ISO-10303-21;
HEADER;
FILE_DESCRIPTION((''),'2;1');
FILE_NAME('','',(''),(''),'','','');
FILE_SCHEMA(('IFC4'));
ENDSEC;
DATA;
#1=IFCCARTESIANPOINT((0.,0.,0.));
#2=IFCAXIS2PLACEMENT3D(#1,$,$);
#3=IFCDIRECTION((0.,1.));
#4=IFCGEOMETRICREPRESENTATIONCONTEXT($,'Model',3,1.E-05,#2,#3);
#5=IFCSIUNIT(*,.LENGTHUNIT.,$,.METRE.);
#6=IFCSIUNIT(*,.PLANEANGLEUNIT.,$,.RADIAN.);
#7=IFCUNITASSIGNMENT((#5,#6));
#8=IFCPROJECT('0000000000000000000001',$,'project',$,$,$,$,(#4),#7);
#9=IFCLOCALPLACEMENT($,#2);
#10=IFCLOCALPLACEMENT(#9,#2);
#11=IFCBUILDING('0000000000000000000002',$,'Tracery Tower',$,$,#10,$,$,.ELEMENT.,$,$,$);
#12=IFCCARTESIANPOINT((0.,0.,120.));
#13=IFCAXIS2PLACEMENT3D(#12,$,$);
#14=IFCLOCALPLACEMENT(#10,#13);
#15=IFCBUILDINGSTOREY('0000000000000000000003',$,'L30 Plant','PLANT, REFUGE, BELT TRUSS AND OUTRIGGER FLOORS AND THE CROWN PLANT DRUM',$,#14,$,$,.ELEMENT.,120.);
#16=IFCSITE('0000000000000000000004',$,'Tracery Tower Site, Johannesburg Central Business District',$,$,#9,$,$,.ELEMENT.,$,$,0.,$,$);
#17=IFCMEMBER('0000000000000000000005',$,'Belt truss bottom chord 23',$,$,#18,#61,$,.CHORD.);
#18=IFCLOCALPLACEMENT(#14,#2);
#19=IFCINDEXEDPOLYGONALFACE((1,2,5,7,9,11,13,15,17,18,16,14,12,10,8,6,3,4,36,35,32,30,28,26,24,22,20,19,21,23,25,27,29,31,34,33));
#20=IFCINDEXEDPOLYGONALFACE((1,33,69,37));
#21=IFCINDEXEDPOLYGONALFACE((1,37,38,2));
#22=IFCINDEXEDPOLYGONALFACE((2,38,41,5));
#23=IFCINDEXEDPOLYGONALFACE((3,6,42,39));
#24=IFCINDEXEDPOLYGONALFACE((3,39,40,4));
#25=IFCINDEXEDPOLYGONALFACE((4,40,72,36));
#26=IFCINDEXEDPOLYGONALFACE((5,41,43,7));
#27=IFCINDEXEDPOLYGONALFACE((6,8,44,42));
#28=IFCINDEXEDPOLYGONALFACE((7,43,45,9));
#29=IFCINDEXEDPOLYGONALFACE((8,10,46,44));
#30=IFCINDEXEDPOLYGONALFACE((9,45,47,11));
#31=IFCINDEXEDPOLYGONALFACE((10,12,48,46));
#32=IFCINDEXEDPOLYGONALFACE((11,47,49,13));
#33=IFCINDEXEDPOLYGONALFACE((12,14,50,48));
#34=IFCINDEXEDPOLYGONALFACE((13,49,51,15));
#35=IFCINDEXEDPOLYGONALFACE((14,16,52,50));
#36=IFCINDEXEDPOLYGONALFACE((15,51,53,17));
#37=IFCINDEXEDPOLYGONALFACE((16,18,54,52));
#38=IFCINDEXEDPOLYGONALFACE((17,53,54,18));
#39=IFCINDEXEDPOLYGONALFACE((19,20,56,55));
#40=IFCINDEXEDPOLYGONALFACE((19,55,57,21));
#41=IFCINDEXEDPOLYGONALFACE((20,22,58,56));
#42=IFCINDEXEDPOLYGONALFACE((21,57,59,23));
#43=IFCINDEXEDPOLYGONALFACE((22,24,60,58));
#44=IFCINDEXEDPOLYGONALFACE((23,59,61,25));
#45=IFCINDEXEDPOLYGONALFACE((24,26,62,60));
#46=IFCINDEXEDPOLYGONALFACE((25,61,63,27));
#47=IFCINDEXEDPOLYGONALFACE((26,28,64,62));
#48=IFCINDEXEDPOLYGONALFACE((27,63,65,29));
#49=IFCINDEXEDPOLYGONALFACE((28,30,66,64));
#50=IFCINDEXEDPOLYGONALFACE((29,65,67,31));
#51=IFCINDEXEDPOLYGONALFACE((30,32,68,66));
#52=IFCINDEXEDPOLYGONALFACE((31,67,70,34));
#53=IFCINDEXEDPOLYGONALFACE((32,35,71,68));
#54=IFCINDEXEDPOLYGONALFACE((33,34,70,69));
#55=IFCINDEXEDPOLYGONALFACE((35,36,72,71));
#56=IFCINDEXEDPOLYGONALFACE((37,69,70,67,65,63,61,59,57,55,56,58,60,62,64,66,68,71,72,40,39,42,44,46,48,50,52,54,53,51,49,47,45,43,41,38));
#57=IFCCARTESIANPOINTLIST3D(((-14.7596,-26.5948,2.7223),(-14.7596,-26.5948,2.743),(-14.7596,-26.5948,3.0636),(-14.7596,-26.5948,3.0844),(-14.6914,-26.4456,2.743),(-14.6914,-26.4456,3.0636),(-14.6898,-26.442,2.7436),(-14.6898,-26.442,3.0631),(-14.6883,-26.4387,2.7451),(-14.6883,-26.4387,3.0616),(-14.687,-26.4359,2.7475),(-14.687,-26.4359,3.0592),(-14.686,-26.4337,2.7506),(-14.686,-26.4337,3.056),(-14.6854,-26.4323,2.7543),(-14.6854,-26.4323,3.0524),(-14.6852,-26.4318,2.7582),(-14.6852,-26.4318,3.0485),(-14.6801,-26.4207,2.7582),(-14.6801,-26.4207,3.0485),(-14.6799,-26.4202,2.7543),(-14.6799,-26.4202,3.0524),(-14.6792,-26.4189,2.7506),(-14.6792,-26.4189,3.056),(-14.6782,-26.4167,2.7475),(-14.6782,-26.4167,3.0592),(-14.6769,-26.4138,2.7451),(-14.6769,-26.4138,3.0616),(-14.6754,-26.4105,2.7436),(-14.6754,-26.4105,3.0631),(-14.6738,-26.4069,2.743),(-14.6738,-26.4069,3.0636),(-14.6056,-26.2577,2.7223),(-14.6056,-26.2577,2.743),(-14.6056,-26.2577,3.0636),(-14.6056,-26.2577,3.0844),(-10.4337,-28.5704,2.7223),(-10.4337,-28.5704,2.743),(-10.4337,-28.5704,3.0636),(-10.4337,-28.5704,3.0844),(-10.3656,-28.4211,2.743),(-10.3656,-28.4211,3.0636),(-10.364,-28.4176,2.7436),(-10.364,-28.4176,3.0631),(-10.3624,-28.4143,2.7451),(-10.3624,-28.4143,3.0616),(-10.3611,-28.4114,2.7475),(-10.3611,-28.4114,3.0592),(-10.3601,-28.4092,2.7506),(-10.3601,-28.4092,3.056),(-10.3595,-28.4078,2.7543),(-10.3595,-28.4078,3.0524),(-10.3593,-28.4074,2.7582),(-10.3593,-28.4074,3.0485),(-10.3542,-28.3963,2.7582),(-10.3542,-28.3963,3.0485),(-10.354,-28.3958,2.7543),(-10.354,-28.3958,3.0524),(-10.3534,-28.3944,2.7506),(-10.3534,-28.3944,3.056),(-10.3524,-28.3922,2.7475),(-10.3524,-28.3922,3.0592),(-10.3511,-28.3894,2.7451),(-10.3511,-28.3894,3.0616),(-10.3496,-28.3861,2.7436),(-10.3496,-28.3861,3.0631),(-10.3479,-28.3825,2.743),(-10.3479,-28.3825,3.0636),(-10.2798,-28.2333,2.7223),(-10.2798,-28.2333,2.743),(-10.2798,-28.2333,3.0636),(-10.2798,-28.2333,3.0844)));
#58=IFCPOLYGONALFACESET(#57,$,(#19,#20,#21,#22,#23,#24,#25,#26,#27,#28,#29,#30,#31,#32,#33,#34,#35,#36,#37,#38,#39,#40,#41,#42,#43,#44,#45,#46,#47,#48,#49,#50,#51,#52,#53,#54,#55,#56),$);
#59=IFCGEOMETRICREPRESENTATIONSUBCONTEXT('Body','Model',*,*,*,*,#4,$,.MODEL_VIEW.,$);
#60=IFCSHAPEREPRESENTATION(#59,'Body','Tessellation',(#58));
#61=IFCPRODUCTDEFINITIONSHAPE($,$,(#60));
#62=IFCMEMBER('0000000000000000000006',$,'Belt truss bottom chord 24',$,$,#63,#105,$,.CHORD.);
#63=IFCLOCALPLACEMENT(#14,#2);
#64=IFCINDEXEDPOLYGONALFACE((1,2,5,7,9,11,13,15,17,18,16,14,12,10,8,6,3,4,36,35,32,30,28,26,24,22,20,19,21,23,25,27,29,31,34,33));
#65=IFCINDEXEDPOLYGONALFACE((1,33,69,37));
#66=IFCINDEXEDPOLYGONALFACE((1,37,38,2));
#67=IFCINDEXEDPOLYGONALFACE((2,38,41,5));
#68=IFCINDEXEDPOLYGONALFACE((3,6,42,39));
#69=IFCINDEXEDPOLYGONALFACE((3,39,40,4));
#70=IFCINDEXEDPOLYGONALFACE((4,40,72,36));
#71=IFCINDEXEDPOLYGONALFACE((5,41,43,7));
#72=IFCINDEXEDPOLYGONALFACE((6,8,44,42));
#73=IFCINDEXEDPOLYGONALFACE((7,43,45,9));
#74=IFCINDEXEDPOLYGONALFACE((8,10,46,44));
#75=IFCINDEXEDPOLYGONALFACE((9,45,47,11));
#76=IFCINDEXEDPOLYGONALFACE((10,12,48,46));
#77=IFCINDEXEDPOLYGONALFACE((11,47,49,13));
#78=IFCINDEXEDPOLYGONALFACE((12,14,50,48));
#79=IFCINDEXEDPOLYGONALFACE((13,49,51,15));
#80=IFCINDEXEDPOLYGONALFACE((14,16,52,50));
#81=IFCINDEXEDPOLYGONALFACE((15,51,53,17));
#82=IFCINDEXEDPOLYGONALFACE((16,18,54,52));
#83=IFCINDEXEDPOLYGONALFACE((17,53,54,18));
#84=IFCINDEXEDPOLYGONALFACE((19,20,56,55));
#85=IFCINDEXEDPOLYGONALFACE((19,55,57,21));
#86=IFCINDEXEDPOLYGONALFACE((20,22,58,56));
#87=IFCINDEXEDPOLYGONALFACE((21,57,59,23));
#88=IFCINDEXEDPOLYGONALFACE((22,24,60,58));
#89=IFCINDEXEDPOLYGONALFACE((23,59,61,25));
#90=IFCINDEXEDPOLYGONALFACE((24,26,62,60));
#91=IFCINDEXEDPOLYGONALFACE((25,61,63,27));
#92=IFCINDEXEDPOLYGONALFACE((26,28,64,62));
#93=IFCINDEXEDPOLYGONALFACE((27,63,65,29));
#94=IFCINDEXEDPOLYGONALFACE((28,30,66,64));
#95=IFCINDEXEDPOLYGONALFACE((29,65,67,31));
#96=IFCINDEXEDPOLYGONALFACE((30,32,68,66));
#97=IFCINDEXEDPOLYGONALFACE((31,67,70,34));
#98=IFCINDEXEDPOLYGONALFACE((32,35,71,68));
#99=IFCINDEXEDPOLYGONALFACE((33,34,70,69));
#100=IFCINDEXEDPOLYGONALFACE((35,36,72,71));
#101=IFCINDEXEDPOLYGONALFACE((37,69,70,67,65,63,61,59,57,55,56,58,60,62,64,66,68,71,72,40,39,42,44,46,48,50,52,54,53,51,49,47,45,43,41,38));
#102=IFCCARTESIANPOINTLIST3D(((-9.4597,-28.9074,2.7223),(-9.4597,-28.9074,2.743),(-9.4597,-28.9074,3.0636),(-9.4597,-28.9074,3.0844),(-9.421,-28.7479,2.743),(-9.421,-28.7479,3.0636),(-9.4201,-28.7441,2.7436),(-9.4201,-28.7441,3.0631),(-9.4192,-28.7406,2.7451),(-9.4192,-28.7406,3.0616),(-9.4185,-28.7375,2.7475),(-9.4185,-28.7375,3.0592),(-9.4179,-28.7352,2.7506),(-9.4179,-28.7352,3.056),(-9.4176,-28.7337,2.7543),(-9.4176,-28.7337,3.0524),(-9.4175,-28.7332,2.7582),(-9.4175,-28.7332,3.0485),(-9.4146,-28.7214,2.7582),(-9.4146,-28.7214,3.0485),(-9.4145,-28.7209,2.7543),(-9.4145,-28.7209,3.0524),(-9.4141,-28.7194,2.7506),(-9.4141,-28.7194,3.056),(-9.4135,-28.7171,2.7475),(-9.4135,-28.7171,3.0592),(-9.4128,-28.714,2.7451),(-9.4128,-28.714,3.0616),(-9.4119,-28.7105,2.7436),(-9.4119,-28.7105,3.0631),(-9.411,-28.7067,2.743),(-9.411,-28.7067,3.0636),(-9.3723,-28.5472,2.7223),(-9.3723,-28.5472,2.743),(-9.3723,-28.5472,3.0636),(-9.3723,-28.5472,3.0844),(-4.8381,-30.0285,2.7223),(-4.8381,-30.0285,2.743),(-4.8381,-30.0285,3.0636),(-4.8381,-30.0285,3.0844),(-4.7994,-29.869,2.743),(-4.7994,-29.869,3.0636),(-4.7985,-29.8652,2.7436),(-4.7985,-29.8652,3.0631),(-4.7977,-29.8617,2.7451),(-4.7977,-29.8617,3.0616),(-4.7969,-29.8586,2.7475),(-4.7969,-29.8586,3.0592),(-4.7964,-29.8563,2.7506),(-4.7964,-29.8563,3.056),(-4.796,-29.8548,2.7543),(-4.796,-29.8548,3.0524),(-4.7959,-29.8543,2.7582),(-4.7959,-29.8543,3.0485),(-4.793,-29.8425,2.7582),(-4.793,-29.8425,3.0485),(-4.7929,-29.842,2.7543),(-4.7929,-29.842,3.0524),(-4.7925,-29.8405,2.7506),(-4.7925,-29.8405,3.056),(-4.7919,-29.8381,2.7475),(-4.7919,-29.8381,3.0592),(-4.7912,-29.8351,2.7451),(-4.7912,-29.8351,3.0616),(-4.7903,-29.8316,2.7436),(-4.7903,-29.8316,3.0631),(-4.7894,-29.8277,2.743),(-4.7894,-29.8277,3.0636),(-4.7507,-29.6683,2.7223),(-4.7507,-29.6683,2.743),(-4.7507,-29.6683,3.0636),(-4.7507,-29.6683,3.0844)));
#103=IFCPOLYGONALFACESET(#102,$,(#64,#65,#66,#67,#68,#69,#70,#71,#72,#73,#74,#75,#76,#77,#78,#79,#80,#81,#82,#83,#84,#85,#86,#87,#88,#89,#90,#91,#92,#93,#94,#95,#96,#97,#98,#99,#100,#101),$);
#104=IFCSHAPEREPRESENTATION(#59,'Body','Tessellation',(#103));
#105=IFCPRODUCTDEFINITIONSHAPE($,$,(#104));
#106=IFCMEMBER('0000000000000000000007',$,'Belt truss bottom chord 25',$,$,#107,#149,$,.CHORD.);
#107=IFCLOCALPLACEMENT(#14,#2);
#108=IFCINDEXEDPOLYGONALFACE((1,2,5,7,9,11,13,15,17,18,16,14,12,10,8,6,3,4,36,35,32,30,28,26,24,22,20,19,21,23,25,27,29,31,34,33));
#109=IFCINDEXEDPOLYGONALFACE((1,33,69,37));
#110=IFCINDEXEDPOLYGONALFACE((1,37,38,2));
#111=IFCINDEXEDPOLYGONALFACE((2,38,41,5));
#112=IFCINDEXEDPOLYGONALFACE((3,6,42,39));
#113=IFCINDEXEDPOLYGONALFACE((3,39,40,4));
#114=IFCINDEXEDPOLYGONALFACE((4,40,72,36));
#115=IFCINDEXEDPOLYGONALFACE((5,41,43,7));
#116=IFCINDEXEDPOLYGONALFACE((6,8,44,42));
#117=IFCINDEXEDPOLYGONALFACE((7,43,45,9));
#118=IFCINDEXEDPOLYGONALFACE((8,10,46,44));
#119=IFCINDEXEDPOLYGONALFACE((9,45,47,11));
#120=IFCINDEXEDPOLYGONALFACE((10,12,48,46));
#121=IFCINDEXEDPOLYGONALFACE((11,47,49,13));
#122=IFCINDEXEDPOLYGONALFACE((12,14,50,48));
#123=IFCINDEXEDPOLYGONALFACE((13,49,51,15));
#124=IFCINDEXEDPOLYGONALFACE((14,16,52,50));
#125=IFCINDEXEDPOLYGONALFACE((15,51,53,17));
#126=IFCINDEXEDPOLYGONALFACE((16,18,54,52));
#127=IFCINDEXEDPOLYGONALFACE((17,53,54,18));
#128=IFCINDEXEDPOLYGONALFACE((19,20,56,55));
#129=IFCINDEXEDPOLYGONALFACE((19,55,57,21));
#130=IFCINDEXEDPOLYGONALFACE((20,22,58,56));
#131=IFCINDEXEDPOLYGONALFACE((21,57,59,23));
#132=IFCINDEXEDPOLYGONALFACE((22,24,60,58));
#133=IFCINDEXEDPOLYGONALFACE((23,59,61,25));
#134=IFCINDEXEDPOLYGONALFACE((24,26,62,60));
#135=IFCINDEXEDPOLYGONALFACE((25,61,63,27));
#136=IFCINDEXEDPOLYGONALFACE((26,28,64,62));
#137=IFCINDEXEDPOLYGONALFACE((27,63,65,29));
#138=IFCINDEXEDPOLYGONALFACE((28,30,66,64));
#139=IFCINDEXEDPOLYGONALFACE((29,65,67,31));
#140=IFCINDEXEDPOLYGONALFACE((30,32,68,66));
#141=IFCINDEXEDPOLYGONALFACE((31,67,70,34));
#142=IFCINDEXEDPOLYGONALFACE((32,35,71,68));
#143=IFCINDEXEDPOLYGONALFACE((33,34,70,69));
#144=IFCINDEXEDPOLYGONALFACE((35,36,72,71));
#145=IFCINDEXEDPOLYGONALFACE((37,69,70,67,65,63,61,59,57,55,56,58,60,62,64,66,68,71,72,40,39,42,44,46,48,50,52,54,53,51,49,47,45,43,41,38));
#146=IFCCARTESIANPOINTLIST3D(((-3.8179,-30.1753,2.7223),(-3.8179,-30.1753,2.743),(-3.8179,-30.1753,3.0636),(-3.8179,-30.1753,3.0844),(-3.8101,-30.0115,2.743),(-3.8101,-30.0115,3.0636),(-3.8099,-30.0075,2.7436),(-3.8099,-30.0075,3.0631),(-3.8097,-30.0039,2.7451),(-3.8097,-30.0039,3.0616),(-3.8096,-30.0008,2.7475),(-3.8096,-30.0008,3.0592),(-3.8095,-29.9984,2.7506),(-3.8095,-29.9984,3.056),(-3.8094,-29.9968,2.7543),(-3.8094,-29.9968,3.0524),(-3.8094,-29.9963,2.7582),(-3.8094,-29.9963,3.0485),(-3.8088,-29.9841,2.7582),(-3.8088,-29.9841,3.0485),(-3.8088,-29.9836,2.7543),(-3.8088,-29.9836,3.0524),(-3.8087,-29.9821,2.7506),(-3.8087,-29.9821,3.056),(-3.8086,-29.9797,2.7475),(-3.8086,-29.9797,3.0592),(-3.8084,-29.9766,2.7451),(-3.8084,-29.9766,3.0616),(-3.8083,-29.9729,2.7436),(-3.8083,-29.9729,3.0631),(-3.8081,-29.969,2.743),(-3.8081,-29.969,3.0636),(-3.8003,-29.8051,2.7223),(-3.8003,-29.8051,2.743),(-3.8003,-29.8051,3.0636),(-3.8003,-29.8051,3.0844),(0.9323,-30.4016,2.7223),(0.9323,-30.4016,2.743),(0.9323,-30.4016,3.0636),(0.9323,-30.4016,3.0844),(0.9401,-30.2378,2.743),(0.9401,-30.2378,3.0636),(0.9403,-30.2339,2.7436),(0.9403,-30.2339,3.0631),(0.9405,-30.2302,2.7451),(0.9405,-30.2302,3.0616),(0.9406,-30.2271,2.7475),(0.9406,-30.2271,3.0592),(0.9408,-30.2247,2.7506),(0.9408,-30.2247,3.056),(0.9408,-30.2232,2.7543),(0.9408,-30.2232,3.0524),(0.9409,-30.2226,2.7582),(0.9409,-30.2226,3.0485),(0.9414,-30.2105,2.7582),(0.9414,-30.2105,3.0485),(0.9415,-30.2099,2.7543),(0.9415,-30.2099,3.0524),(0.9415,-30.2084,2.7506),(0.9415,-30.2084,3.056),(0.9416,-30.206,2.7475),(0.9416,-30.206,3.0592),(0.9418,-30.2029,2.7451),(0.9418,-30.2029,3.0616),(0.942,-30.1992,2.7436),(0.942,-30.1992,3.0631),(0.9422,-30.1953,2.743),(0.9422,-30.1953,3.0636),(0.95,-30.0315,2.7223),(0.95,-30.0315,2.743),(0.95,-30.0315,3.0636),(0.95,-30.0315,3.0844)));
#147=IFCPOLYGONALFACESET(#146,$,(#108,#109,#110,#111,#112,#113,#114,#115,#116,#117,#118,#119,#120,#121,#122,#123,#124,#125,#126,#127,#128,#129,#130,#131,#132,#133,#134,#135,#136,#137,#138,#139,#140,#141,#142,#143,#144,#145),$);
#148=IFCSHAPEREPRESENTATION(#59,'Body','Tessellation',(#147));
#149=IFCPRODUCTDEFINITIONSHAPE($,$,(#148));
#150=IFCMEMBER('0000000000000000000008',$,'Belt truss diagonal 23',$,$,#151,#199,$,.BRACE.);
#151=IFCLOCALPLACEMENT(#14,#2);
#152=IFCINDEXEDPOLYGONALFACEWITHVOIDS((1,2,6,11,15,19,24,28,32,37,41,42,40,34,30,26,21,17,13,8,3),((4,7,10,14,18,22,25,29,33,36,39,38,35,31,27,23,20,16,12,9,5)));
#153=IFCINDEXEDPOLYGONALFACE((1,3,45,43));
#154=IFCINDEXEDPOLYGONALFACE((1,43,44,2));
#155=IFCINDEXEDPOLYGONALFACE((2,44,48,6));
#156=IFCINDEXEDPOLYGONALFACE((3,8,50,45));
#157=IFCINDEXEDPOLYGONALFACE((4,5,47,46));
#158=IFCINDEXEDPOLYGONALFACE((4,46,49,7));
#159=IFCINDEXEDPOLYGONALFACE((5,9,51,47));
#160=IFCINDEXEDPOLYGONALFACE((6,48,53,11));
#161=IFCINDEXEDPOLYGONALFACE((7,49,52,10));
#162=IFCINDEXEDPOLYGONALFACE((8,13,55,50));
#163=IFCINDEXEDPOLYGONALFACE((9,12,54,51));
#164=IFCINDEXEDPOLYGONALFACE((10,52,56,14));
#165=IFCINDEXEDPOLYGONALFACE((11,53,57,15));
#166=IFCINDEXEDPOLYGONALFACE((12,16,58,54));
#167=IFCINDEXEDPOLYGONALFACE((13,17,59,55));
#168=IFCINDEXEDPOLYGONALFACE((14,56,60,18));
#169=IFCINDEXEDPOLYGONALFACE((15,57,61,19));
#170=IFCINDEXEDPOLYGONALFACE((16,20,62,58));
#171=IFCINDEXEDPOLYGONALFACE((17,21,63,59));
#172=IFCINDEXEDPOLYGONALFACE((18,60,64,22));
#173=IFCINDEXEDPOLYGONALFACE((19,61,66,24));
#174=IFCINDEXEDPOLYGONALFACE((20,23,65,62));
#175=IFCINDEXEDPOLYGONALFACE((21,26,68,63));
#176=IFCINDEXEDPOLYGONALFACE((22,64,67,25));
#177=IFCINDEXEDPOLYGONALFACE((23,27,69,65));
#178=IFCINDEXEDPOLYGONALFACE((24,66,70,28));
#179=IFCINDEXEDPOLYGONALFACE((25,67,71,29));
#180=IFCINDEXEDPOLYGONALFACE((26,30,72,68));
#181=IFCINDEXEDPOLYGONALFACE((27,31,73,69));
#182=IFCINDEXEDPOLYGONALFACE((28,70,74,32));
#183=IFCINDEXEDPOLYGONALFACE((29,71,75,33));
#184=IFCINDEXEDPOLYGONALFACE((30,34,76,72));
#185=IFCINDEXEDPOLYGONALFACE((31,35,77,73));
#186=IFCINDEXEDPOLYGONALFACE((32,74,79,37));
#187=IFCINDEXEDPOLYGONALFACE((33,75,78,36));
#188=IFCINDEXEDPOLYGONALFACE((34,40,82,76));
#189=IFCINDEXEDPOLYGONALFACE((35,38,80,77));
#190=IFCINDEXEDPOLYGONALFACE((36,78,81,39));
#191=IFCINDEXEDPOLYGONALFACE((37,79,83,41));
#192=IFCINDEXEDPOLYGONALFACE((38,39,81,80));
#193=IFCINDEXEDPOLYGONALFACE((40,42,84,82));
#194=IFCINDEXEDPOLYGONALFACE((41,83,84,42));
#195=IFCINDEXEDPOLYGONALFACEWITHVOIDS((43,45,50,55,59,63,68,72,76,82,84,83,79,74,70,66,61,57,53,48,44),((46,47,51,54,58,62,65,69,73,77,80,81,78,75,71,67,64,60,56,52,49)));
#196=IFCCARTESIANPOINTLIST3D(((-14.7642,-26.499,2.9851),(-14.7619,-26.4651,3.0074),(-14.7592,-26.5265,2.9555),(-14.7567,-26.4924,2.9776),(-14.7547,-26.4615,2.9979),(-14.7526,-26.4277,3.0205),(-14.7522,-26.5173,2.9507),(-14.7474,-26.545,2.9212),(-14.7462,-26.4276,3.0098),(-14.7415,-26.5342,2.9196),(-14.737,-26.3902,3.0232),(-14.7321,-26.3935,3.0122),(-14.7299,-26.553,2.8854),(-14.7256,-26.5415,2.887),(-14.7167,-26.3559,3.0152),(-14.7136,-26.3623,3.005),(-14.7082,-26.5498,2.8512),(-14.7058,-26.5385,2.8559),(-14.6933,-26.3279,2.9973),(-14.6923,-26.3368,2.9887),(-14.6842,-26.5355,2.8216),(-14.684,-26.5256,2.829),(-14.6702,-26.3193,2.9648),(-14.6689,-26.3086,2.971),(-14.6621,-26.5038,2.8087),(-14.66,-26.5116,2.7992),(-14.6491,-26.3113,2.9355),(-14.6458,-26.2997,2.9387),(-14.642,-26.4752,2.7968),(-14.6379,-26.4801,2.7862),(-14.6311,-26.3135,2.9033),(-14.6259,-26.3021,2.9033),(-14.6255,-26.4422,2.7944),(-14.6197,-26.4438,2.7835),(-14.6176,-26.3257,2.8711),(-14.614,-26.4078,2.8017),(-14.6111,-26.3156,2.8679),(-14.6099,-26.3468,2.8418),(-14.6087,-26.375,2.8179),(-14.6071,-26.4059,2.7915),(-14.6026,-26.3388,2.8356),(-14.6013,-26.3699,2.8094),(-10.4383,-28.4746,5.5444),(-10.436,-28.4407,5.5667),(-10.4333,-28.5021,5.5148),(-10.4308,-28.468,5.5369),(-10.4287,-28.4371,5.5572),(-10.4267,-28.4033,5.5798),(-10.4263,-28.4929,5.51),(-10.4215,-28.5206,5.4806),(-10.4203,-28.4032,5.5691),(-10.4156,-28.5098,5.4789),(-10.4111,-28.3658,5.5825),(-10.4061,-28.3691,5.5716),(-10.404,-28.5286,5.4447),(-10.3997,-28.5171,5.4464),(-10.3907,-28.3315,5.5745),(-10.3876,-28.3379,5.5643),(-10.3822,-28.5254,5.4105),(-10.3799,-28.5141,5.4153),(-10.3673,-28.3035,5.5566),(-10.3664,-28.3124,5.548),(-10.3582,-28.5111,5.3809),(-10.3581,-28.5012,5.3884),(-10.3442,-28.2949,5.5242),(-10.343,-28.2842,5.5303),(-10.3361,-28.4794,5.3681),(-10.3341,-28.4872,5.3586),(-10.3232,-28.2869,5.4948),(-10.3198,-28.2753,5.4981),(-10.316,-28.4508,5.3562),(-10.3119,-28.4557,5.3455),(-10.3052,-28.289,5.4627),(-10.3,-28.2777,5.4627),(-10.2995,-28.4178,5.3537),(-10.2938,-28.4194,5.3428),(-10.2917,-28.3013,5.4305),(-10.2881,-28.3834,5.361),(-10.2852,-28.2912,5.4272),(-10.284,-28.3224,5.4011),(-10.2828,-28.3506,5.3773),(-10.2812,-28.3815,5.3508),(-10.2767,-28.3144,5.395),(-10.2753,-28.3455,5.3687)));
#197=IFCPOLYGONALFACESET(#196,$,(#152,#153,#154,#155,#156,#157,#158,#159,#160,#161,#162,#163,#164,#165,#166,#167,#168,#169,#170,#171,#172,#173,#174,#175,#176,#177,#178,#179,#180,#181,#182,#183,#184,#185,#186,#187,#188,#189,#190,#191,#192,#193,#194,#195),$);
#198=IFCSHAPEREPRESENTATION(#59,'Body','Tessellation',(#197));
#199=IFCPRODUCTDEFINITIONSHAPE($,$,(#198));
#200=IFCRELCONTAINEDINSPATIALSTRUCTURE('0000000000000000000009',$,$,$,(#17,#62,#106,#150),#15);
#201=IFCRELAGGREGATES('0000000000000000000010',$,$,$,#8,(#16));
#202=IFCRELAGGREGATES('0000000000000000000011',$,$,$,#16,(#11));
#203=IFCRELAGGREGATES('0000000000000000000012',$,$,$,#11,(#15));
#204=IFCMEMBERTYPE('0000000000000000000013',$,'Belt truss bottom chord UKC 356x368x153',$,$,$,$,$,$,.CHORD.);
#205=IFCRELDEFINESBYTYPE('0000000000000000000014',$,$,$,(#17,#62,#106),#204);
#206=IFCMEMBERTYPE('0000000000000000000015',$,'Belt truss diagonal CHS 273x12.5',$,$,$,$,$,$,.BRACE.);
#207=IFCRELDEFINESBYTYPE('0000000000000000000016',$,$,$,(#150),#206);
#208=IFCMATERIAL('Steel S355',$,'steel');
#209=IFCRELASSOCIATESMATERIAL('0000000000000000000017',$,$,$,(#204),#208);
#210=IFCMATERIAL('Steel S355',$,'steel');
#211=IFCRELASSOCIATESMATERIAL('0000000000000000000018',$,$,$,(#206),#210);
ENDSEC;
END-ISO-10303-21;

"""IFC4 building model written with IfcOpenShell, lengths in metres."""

from ifc_helpers import new_model, si_unit, direction, frame, origin, origin_2d, place, context, subcontext, project, spatial, hollow_circle, i_section, extrude, material, material_profile, profile_set, type_object, element, save


model = new_model("IFC4")

# Units and contexts
model_context = context("Model", 3, precision=1e-05, world=origin(), true_north=direction((0.0, 1.0)))
body_context = subcontext(model_context, "Body", "Model", "MODEL_VIEW")
ifc_project = project(units=[si_unit("LENGTHUNIT", "METRE"), si_unit("PLANEANGLEUNIT", "RADIAN")], contexts=[model_context])

# Site, building, storey
site_placement = place(None, origin())
site = spatial("IfcSite", under=ifc_project, at=site_placement, Name="Tracery Tower Site, Johannesburg Central Business District", CompositionType="ELEMENT", RefElevation=0.0)
building_placement = place(site_placement, origin())
building = spatial("IfcBuilding", under=site, at=building_placement, Name="Tracery Tower", CompositionType="ELEMENT")
storey_placement = place(building_placement, frame((0.0, 0.0, 120.0)))
storey = spatial("IfcBuildingStorey", under=building, at=storey_placement, Name="L30 Plant", Description="PLANT, REFUGE, BELT TRUSS AND OUTRIGGER FLOORS AND THE CROWN PLANT DRUM", CompositionType="ELEMENT", Elevation=120.0)

# Members
ifc_material_1 = material(Name="Steel S355", Category="steel")
ifc_material_profile_1 = material_profile(ifc_material_1, i_section(OverallWidth=0.3706, OverallDepth=0.3621, WebThickness=0.0122, FlangeThickness=0.0208, FilletRadius=0.0151, at=origin_2d()), Name="UKC 356x368x153")
ifc_profile_set_1 = profile_set([ifc_material_profile_1], Name="Steel S355")
member_type_1 = type_object("IfcMemberType", Name="Belt truss bottom chord UKC 356x368x153", PredefinedType="CHORD", material=ifc_profile_set_1)
for number, where, z_axis, x_axis, name in (
    (1, (-14.6826, -26.4263, 2.9033), (0.909632, -0.415415, 0.0), (0.415415, 0.909632, 0.0), "Belt truss bottom chord 23"),
    (2, (-9.416, -28.7273, 2.9033), (0.971816, -0.235741, 0.0), (0.235741, 0.971816, 0.0), "Belt truss bottom chord 24"),
    (3, (-3.8091, -29.9902, 2.9033), (0.998867, -0.04759, 0.0), (0.04759, 0.998867, 0.0), "Belt truss bottom chord 25"),
):
    element("IfcMember", number, at=place(storey_placement, frame(where, z_axis=z_axis, x_axis=x_axis)), inside=storey, type_object=member_type_1, Name=name, PredefinedType="CHORD", context=body_context, shape_type="SweptSolid", body=[
        extrude(i_section(OverallWidth=0.3706, OverallDepth=0.3621, WebThickness=0.0122, FlangeThickness=0.0208, FilletRadius=0.0151, at=origin_2d()), origin(), (0.0, 0.0, 1.0), 4.7556),
    ])
ifc_material_2 = material(Name="Steel S355", Category="steel")
ifc_material_profile_2 = material_profile(ifc_material_2, hollow_circle(Radius=0.1365, WallThickness=0.0125, at=origin_2d()), Name="CHS 273x12.5")
ifc_profile_set_2 = profile_set([ifc_material_profile_2], Name="Steel S355")
member_type_2 = type_object("IfcMemberType", Name="Belt truss diagonal CHS 273x12.5", PredefinedType="BRACE", material=ifc_profile_set_2)
for number, where, z_axis, x_axis, name in (
    (4, (-14.6826, -26.4263, 2.9033), (0.801005, -0.365807, 0.473895), (0.415415, 0.909632, 0.0), "Belt truss diagonal 23"),
):
    element("IfcMember", number, at=place(storey_placement, frame(where, z_axis=z_axis, x_axis=x_axis)), inside=storey, type_object=member_type_2, Name=name, PredefinedType="BRACE", context=body_context, shape_type="SweptSolid", body=[
        extrude(hollow_circle(Radius=0.1365, WallThickness=0.0125, at=origin_2d()), origin(), (0.0, 0.0, 1.0), 5.4006),
    ])

save(model, "model.ifc")
